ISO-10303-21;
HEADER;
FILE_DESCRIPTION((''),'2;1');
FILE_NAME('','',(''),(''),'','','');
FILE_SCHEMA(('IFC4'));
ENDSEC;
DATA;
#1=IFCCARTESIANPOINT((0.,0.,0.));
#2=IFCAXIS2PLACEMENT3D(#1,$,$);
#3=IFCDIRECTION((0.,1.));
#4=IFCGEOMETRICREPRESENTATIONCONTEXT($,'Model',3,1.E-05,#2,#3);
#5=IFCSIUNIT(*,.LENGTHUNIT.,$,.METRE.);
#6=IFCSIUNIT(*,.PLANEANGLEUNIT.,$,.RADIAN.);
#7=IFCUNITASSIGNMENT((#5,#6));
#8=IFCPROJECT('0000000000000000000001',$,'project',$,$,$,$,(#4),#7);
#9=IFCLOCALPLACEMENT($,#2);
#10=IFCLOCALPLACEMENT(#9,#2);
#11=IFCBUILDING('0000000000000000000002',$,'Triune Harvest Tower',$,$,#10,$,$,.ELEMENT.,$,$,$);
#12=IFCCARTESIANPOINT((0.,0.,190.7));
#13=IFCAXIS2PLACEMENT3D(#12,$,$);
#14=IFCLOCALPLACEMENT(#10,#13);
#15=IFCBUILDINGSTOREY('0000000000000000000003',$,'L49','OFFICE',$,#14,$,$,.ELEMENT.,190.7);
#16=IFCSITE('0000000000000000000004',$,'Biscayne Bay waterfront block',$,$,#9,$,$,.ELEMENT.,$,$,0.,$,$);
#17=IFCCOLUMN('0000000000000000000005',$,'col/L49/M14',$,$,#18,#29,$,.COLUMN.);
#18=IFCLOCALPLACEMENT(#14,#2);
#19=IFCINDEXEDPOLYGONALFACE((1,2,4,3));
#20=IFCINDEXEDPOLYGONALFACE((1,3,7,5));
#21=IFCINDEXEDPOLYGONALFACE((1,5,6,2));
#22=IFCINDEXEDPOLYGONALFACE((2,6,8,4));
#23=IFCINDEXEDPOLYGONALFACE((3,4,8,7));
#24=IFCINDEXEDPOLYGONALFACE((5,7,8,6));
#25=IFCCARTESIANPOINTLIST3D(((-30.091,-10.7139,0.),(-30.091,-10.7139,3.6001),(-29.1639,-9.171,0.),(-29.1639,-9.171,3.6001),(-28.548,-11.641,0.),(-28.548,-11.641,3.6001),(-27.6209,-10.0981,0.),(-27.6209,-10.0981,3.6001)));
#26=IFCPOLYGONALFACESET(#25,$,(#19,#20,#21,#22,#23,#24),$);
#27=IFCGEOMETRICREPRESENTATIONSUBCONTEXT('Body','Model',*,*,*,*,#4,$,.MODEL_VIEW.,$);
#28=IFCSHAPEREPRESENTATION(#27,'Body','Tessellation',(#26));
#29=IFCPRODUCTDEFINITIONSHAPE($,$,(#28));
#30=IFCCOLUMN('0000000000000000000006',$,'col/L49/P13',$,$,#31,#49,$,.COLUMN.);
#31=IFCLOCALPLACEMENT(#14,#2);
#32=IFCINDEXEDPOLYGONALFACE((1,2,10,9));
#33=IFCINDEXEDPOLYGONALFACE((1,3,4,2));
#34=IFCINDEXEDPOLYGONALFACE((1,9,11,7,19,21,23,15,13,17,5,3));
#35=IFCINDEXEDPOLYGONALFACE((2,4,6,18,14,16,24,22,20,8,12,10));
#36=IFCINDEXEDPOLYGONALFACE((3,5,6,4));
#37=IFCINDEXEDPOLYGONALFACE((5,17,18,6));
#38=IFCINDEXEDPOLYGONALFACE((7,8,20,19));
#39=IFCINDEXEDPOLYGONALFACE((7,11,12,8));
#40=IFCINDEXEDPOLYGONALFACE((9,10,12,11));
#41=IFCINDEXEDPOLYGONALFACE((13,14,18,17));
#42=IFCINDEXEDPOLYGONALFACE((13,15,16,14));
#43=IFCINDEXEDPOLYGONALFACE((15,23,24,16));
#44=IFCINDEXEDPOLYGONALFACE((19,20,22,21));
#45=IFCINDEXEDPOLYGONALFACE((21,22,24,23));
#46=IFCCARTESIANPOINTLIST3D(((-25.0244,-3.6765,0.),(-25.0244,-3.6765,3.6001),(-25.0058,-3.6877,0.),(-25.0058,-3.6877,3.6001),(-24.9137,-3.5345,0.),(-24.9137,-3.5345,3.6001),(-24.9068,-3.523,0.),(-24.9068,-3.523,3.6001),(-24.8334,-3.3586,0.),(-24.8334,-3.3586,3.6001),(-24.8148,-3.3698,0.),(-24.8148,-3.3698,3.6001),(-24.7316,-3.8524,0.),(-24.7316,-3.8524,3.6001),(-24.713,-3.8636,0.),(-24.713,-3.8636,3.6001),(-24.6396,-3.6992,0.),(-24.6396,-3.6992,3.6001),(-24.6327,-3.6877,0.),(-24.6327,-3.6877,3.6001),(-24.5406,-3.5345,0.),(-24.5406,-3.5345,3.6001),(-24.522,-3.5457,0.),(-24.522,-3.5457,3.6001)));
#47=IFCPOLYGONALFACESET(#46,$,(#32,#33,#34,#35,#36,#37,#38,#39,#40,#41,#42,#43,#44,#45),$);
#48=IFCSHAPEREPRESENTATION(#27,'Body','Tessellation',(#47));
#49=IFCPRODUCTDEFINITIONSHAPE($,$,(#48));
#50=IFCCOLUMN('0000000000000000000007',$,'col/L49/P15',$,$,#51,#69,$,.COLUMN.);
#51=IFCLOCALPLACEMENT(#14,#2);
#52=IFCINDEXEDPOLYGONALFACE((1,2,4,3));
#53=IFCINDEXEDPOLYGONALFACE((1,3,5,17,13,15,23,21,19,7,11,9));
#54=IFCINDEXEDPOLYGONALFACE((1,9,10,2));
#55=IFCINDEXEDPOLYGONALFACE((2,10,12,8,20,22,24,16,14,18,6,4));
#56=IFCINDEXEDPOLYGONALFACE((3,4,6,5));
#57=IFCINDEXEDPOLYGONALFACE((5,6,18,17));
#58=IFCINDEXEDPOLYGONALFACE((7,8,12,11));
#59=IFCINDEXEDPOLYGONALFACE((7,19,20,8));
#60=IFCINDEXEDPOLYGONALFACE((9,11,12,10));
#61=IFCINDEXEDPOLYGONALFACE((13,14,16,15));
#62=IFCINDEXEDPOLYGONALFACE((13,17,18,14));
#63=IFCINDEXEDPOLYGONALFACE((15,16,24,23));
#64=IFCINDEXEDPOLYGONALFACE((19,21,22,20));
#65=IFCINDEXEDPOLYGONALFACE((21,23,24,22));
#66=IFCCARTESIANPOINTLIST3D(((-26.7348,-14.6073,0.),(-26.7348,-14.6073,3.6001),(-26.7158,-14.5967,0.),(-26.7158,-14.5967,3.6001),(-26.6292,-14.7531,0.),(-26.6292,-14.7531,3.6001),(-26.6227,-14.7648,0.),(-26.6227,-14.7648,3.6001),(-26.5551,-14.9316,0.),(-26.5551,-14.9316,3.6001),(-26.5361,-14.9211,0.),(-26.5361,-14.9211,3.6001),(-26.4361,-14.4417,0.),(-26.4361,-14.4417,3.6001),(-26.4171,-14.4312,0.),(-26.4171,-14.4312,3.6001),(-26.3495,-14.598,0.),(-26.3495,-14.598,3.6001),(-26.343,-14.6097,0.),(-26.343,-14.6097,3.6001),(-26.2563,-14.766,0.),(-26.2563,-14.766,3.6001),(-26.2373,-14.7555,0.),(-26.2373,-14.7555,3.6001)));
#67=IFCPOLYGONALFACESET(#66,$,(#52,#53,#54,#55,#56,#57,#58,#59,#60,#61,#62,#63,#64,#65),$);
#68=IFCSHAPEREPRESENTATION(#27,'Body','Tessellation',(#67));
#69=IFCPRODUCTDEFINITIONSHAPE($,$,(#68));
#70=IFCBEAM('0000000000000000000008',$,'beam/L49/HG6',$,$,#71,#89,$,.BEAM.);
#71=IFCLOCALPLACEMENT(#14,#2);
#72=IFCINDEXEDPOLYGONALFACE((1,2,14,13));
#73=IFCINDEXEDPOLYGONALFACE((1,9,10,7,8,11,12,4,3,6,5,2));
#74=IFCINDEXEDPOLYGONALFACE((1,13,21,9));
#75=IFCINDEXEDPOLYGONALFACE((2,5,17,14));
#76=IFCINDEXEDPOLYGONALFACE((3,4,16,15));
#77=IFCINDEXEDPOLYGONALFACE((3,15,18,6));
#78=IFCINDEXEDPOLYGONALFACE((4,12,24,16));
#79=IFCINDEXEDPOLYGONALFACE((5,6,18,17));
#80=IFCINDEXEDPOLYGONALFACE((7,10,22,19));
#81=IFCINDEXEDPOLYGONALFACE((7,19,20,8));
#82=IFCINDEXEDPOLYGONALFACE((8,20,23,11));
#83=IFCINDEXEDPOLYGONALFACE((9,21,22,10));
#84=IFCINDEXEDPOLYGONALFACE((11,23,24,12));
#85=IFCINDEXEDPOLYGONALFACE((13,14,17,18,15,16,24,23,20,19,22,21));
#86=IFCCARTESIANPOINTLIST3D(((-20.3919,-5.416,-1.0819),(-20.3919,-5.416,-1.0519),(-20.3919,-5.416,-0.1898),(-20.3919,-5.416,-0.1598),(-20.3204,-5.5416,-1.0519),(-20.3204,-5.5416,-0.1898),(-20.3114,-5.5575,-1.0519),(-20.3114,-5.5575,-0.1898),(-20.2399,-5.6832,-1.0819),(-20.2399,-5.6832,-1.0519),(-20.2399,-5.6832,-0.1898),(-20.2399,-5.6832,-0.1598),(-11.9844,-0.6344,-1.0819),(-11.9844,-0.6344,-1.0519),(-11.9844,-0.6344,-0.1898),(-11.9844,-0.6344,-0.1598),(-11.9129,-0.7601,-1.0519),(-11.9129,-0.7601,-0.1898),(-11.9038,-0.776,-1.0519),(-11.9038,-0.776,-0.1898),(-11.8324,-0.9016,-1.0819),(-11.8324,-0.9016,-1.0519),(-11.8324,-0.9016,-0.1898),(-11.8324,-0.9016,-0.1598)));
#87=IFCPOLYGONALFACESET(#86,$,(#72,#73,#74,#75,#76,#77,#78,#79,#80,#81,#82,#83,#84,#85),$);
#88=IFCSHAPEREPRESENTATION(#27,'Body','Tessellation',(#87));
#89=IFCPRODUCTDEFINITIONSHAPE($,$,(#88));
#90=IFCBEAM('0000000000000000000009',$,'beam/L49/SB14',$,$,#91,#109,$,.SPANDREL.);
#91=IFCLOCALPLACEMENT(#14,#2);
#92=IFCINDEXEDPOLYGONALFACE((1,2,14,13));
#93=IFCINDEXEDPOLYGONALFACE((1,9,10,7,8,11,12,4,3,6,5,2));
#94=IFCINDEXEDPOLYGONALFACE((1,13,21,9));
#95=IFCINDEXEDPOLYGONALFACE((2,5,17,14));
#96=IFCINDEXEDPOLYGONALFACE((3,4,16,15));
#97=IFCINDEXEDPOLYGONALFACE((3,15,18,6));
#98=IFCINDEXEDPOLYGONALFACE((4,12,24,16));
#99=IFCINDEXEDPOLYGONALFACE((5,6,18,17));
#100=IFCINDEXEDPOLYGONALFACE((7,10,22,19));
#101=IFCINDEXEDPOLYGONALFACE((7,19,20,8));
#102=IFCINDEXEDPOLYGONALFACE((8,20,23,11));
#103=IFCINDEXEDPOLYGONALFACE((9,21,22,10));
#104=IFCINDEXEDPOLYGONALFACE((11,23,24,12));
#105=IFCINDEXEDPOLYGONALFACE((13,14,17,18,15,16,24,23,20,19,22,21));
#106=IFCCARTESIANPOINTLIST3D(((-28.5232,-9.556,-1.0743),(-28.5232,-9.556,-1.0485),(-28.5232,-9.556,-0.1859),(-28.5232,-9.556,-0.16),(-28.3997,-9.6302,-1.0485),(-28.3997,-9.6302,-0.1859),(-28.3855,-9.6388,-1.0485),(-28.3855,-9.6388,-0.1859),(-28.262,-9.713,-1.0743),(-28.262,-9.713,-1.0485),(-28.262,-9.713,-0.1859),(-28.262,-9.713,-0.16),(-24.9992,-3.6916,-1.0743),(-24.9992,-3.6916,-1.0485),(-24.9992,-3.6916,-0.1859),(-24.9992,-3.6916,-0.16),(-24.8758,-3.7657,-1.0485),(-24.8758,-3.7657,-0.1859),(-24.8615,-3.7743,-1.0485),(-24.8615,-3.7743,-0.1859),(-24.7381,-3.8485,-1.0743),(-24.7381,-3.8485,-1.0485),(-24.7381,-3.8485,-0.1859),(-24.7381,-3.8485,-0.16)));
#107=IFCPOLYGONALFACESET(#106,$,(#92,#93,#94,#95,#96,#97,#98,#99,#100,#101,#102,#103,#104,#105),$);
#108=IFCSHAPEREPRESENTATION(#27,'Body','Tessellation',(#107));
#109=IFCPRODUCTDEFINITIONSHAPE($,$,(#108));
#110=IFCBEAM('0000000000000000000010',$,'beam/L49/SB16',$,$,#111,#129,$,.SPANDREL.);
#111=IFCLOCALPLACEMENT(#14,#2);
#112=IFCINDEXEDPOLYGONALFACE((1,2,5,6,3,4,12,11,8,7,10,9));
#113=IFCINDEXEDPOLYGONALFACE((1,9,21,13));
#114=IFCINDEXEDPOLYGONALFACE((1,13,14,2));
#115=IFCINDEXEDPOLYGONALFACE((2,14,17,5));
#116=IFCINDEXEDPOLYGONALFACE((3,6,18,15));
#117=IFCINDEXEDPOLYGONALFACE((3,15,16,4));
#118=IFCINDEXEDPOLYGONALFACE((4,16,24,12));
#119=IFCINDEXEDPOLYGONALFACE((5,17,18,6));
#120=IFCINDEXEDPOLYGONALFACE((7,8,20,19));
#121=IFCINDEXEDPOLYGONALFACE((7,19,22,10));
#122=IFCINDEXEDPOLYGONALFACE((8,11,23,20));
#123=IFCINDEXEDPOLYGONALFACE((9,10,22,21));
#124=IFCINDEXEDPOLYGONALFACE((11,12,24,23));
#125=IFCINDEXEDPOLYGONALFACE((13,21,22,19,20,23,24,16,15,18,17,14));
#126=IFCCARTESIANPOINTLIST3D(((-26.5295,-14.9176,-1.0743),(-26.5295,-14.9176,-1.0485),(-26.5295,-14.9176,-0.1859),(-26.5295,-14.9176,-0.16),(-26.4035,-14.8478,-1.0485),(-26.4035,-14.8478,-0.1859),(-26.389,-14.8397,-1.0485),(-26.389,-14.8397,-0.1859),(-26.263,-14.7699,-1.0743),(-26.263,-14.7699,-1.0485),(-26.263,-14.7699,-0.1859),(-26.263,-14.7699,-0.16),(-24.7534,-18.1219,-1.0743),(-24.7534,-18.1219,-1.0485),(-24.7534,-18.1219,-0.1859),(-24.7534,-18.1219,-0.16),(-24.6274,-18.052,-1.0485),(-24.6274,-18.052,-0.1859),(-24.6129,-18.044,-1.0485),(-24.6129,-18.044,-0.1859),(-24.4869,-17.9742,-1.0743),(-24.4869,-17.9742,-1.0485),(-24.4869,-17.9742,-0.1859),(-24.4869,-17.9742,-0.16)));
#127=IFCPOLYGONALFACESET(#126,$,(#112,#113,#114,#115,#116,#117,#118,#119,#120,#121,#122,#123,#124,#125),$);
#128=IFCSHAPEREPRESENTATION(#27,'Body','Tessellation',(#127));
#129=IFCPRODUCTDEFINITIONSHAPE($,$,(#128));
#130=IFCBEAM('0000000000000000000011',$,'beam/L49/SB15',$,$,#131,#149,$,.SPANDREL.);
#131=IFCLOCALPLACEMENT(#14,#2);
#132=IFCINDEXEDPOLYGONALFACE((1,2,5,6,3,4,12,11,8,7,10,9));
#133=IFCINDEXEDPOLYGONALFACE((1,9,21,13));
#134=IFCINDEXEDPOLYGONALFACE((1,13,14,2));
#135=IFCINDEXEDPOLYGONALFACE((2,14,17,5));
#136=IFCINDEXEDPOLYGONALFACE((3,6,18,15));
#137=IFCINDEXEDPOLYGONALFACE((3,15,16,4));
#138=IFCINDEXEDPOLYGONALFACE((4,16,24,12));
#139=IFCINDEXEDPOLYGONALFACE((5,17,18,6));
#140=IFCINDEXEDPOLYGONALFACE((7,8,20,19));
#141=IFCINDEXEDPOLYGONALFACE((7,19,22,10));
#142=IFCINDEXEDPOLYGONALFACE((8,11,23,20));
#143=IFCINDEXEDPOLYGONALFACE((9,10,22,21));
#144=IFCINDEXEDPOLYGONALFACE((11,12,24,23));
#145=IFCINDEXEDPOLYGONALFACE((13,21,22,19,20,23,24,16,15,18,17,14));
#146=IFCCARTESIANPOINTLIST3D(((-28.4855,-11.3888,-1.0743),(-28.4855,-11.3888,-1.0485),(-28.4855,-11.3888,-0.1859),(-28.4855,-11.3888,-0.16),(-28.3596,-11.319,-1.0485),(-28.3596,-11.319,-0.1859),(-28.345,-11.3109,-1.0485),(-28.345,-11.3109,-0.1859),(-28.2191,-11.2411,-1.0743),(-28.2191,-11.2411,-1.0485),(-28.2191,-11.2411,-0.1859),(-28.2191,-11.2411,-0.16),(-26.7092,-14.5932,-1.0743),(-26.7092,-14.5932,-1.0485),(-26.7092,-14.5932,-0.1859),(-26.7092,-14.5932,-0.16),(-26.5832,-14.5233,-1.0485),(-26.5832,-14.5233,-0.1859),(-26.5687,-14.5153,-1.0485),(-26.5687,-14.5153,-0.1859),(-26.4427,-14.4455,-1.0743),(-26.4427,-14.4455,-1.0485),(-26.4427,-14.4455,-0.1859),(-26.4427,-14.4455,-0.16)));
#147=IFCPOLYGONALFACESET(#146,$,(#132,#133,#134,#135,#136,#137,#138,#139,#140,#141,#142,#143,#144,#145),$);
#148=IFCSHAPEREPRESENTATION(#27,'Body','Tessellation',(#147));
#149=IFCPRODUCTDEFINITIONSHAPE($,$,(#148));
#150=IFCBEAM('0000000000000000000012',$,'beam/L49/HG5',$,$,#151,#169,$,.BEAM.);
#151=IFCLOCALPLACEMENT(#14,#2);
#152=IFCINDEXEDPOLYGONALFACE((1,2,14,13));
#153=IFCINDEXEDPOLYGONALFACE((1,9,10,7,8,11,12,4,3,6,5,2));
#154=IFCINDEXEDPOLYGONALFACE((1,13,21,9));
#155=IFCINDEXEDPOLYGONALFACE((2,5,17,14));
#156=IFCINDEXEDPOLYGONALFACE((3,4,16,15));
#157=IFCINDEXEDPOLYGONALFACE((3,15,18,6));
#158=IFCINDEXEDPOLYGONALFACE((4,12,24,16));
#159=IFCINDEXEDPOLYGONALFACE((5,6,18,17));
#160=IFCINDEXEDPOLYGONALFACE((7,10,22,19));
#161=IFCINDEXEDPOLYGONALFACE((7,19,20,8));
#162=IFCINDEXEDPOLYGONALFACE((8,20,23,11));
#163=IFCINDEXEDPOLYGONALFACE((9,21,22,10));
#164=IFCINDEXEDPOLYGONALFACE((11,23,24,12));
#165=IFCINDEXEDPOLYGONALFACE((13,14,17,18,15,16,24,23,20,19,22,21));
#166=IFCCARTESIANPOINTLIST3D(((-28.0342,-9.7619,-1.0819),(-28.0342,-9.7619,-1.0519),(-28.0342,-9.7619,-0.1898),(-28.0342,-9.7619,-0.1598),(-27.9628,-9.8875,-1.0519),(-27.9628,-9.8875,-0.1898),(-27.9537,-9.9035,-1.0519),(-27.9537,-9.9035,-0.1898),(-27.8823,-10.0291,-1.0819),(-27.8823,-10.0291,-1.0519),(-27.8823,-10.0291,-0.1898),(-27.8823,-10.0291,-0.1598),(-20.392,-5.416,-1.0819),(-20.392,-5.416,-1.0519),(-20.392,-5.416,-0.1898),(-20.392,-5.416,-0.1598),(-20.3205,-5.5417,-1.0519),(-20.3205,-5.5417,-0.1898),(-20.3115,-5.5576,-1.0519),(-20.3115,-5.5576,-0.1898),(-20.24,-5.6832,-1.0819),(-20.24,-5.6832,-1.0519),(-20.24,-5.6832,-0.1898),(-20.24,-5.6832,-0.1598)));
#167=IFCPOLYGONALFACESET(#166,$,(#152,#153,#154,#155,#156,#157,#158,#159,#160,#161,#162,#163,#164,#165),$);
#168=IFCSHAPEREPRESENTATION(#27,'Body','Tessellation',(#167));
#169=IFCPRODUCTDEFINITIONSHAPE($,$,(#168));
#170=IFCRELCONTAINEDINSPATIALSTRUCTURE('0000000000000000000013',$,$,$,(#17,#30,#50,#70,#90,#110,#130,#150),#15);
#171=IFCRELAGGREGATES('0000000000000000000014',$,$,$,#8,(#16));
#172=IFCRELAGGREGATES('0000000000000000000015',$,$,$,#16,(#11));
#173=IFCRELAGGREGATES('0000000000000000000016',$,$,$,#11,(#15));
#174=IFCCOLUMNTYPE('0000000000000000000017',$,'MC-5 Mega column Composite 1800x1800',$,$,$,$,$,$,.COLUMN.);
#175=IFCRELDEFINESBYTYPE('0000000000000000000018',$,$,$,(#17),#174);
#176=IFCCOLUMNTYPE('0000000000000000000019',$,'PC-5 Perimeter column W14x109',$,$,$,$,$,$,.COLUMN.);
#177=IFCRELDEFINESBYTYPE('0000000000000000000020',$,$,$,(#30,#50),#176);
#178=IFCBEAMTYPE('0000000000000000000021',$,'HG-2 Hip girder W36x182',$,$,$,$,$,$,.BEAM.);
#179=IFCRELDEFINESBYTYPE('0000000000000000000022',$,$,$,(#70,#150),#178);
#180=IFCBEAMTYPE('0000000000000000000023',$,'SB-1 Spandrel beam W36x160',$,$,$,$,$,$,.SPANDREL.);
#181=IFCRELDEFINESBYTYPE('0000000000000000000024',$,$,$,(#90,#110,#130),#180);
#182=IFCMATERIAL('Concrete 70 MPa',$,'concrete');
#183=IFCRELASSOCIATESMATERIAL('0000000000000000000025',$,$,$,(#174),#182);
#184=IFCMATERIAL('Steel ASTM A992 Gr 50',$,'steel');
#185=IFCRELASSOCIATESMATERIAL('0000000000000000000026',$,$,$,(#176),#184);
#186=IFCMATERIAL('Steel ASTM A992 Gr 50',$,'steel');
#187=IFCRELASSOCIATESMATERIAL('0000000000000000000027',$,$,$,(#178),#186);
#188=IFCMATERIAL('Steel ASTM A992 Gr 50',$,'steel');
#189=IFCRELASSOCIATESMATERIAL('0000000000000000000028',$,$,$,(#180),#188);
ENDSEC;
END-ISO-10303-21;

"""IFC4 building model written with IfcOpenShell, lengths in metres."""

from ifc_helpers import new_model, si_unit, direction, frame, origin, origin_2d, place, context, subcontext, project, spatial, rectangle, i_section, extrude, source, transform, mapped, material, material_profile, profile_set, type_object, element, save


model = new_model("IFC4")

# Units and contexts
model_context = context("Model", 3, precision=1e-05, world=origin(), true_north=direction((0.0, 1.0)))
body_context = subcontext(model_context, "Body", "Model", "MODEL_VIEW")
ifc_project = project(units=[si_unit("LENGTHUNIT", "METRE"), si_unit("PLANEANGLEUNIT", "RADIAN")], contexts=[model_context])

# Site, building, storey
site_placement = place(None, origin())
site = spatial("IfcSite", under=ifc_project, at=site_placement, Name="Biscayne Bay waterfront block", CompositionType="ELEMENT", RefElevation=0.0)
building_placement = place(site_placement, origin())
building = spatial("IfcBuilding", under=site, at=building_placement, Name="Triune Harvest Tower", CompositionType="ELEMENT")
storey_placement = place(building_placement, frame((0.0, 0.0, 190.7)))
storey = spatial("IfcBuildingStorey", under=building, at=storey_placement, Name="L49", Description="OFFICE", CompositionType="ELEMENT", Elevation=190.7)

# Columns
ifc_material_1 = material(Name="Concrete 70 MPa", Category="concrete")
ifc_material_profile_1 = material_profile(ifc_material_1, rectangle(XDim=1.8, YDim=1.8, at=origin_2d()), Name="Composite 1800x1800")
ifc_profile_set_1 = profile_set([ifc_material_profile_1], Name="Concrete 70 MPa")
column_type_1 = type_object("IfcColumnType", Name="MC-5 Mega column Composite 1800x1800", PredefinedType="COLUMN", material=ifc_profile_set_1)
shared_shape_1 = source(origin(), body_context, "Body", "SweptSolid", [
    extrude(rectangle(XDim=1.8, YDim=1.8, at=origin_2d()), origin(), (0.0, 0.0, 1.0), 3.6001),
])
column_placement = place(storey_placement, frame((-28.856, -10.406, 0.0), z_axis=(0.0, 0.0, 1.0), x_axis=(-0.515037, -0.857168, 0.0)))
element("IfcColumn", 1, at=column_placement, inside=storey, type_object=column_type_1, Name="col/L49/M14", PredefinedType="COLUMN", context=body_context, shape_type="MappedRepresentation", body=[
    mapped(shared_shape_1, transform((0.0, 0.0, 0.0), scale=1.0)),
])
ifc_material_2 = material(Name="Steel ASTM A992 Gr 50", Category="steel")
ifc_material_profile_2 = material_profile(ifc_material_2, i_section(OverallWidth=0.3708, OverallDepth=0.3633, WebThickness=0.0134, FlangeThickness=0.0217, at=origin_2d()), Name="W14x109")
ifc_profile_set_2 = profile_set([ifc_material_profile_2], Name="Steel ASTM A992 Gr 50")
column_type_2 = type_object("IfcColumnType", Name="PC-5 Perimeter column W14x109", PredefinedType="COLUMN", material=ifc_profile_set_2)
shared_shape_2 = source(origin(), body_context, "Body", "SweptSolid", [
    extrude(i_section(OverallWidth=0.3708, OverallDepth=0.3633, WebThickness=0.0134, FlangeThickness=0.0217, at=origin_2d()), origin(), (0.0, 0.0, 1.0), 3.6001),
])
for number, where, z_axis, x_axis, name in (
    (2, (-24.7732, -3.6111, 0.0), (0.0, 0.0, 1.0), (-0.515037, -0.857168, 0.0), "col/L49/P13"),
    (3, (-26.4861, -14.6814, 0.0), (0.0, 0.0, 1.0), (0.484808, -0.874621, 0.0), "col/L49/P15"),
):
    element("IfcColumn", number, at=place(storey_placement, frame(where, z_axis=z_axis, x_axis=x_axis)), inside=storey, type_object=column_type_2, Name=name, PredefinedType="COLUMN", context=body_context, shape_type="MappedRepresentation", body=[
        mapped(shared_shape_2, transform((0.0, 0.0, 0.0), scale=1.0)),
    ])

# Beams
ifc_material_3 = material(Name="Steel ASTM A992 Gr 50", Category="steel")
ifc_material_profile_3 = material_profile(ifc_material_3, i_section(OverallWidth=0.3074, OverallDepth=0.9221, WebThickness=0.0183, FlangeThickness=0.03, at=origin_2d()), Name="W36x182")
ifc_profile_set_3 = profile_set([ifc_material_profile_3], Name="Steel ASTM A992 Gr 50")
beam_type_1 = type_object("IfcBeamType", Name="HG-2 Hip girder W36x182", PredefinedType="BEAM", material=ifc_profile_set_3)
shared_shape_3 = source(origin(), body_context, "Body", "SweptSolid", [
    extrude(i_section(OverallWidth=0.3074, OverallDepth=0.9221, WebThickness=0.0183, FlangeThickness=0.03, at=origin_2d()), origin(), (0.0, 0.0, 1.0), 9.6721),
])
beam_1_placement = place(storey_placement, frame((-20.3159, -5.5496, -0.6208), z_axis=(0.869256, 0.494363, 0.0), x_axis=(-0.494363, 0.869256, 0.0)))
element("IfcBeam", 4, at=beam_1_placement, inside=storey, type_object=beam_type_1, Name="beam/L49/HG6", PredefinedType="BEAM", context=body_context, shape_type="MappedRepresentation", body=[
    mapped(shared_shape_3, transform((0.0, 0.0, 0.0), scale=1.0)),
])
ifc_material_4 = material(Name="Steel ASTM A992 Gr 50", Category="steel")
ifc_material_profile_4 = material_profile(ifc_material_4, i_section(OverallWidth=0.3047, OverallDepth=0.9143, WebThickness=0.0166, FlangeThickness=0.0259, at=origin_2d()), Name="W36x160")
ifc_profile_set_4 = profile_set([ifc_material_profile_4], Name="Steel ASTM A992 Gr 50")
beam_type_2 = type_object("IfcBeamType", Name="SB-1 Spandrel beam W36x160", PredefinedType="SPANDREL", material=ifc_profile_set_4)
shared_shape_4 = source(origin(), body_context, "Body", "SweptSolid", [
    extrude(i_section(OverallWidth=0.3047, OverallDepth=0.9143, WebThickness=0.0166, FlangeThickness=0.0259, at=origin_2d()), origin(), (0.0, 0.0, 1.0), 6.8418),
])
beam_2_placement = place(storey_placement, frame((-24.8687, -3.77, -0.6172), z_axis=(-0.515057, -0.857156, 0.0), x_axis=(0.857156, -0.515057, 0.0)))
element("IfcBeam", 5, at=beam_2_placement, inside=storey, type_object=beam_type_2, Name="beam/L49/SB14", PredefinedType="SPANDREL", context=body_context, shape_type="MappedRepresentation", body=[
    mapped(shared_shape_4, transform((0.0, 0.0, 0.0), scale=1.0)),
])
shared_shape_5 = source(origin(), body_context, "Body", "SweptSolid", [
    extrude(i_section(OverallWidth=0.3047, OverallDepth=0.9143, WebThickness=0.0166, FlangeThickness=0.0259, at=origin_2d()), origin(), (0.0, 0.0, 1.0), 3.6636),
])
beam_3_placement = place(storey_placement, frame((-26.3962, -14.8438, -0.6172), z_axis=(0.484794, -0.874628, 0.0), x_axis=(0.874628, 0.484794, 0.0)))
element("IfcBeam", 6, at=beam_3_placement, inside=storey, type_object=beam_type_2, Name="beam/L49/SB16", PredefinedType="SPANDREL", context=body_context, shape_type="MappedRepresentation", body=[
    mapped(shared_shape_5, transform((0.0, 0.0, 0.0), scale=1.0)),
])
shared_shape_6 = source(origin(), body_context, "Body", "SweptSolid", [
    extrude(i_section(OverallWidth=0.3047, OverallDepth=0.9143, WebThickness=0.0166, FlangeThickness=0.0259, at=origin_2d()), origin(), (0.0, 0.0, 1.0), 3.6638),
])
beam_4_placement = place(storey_placement, frame((-28.3523, -11.3149, -0.6172), z_axis=(0.484845, -0.8746, 0.0), x_axis=(0.8746, 0.484845, 0.0)))
element("IfcBeam", 7, at=beam_4_placement, inside=storey, type_object=beam_type_2, Name="beam/L49/SB15", PredefinedType="SPANDREL", context=body_context, shape_type="MappedRepresentation", body=[
    mapped(shared_shape_6, transform((0.0, 0.0, 0.0), scale=1.0)),
])
shared_shape_7 = source(origin(), body_context, "Body", "SweptSolid", [
    extrude(i_section(OverallWidth=0.3074, OverallDepth=0.9221, WebThickness=0.0183, FlangeThickness=0.03, at=origin_2d()), origin(), (0.0, 0.0, 1.0), 8.7915),
])
beam_5_placement = place(storey_placement, frame((-27.9583, -9.8955, -0.6208), z_axis=(0.869275, 0.494329, 0.0), x_axis=(-0.494329, 0.869275, 0.0)))
element("IfcBeam", 8, at=beam_5_placement, inside=storey, type_object=beam_type_1, Name="beam/L49/HG5", PredefinedType="BEAM", context=body_context, shape_type="MappedRepresentation", body=[
    mapped(shared_shape_7, transform((0.0, 0.0, 0.0), scale=1.0)),
])

save(model, "model.ifc")
